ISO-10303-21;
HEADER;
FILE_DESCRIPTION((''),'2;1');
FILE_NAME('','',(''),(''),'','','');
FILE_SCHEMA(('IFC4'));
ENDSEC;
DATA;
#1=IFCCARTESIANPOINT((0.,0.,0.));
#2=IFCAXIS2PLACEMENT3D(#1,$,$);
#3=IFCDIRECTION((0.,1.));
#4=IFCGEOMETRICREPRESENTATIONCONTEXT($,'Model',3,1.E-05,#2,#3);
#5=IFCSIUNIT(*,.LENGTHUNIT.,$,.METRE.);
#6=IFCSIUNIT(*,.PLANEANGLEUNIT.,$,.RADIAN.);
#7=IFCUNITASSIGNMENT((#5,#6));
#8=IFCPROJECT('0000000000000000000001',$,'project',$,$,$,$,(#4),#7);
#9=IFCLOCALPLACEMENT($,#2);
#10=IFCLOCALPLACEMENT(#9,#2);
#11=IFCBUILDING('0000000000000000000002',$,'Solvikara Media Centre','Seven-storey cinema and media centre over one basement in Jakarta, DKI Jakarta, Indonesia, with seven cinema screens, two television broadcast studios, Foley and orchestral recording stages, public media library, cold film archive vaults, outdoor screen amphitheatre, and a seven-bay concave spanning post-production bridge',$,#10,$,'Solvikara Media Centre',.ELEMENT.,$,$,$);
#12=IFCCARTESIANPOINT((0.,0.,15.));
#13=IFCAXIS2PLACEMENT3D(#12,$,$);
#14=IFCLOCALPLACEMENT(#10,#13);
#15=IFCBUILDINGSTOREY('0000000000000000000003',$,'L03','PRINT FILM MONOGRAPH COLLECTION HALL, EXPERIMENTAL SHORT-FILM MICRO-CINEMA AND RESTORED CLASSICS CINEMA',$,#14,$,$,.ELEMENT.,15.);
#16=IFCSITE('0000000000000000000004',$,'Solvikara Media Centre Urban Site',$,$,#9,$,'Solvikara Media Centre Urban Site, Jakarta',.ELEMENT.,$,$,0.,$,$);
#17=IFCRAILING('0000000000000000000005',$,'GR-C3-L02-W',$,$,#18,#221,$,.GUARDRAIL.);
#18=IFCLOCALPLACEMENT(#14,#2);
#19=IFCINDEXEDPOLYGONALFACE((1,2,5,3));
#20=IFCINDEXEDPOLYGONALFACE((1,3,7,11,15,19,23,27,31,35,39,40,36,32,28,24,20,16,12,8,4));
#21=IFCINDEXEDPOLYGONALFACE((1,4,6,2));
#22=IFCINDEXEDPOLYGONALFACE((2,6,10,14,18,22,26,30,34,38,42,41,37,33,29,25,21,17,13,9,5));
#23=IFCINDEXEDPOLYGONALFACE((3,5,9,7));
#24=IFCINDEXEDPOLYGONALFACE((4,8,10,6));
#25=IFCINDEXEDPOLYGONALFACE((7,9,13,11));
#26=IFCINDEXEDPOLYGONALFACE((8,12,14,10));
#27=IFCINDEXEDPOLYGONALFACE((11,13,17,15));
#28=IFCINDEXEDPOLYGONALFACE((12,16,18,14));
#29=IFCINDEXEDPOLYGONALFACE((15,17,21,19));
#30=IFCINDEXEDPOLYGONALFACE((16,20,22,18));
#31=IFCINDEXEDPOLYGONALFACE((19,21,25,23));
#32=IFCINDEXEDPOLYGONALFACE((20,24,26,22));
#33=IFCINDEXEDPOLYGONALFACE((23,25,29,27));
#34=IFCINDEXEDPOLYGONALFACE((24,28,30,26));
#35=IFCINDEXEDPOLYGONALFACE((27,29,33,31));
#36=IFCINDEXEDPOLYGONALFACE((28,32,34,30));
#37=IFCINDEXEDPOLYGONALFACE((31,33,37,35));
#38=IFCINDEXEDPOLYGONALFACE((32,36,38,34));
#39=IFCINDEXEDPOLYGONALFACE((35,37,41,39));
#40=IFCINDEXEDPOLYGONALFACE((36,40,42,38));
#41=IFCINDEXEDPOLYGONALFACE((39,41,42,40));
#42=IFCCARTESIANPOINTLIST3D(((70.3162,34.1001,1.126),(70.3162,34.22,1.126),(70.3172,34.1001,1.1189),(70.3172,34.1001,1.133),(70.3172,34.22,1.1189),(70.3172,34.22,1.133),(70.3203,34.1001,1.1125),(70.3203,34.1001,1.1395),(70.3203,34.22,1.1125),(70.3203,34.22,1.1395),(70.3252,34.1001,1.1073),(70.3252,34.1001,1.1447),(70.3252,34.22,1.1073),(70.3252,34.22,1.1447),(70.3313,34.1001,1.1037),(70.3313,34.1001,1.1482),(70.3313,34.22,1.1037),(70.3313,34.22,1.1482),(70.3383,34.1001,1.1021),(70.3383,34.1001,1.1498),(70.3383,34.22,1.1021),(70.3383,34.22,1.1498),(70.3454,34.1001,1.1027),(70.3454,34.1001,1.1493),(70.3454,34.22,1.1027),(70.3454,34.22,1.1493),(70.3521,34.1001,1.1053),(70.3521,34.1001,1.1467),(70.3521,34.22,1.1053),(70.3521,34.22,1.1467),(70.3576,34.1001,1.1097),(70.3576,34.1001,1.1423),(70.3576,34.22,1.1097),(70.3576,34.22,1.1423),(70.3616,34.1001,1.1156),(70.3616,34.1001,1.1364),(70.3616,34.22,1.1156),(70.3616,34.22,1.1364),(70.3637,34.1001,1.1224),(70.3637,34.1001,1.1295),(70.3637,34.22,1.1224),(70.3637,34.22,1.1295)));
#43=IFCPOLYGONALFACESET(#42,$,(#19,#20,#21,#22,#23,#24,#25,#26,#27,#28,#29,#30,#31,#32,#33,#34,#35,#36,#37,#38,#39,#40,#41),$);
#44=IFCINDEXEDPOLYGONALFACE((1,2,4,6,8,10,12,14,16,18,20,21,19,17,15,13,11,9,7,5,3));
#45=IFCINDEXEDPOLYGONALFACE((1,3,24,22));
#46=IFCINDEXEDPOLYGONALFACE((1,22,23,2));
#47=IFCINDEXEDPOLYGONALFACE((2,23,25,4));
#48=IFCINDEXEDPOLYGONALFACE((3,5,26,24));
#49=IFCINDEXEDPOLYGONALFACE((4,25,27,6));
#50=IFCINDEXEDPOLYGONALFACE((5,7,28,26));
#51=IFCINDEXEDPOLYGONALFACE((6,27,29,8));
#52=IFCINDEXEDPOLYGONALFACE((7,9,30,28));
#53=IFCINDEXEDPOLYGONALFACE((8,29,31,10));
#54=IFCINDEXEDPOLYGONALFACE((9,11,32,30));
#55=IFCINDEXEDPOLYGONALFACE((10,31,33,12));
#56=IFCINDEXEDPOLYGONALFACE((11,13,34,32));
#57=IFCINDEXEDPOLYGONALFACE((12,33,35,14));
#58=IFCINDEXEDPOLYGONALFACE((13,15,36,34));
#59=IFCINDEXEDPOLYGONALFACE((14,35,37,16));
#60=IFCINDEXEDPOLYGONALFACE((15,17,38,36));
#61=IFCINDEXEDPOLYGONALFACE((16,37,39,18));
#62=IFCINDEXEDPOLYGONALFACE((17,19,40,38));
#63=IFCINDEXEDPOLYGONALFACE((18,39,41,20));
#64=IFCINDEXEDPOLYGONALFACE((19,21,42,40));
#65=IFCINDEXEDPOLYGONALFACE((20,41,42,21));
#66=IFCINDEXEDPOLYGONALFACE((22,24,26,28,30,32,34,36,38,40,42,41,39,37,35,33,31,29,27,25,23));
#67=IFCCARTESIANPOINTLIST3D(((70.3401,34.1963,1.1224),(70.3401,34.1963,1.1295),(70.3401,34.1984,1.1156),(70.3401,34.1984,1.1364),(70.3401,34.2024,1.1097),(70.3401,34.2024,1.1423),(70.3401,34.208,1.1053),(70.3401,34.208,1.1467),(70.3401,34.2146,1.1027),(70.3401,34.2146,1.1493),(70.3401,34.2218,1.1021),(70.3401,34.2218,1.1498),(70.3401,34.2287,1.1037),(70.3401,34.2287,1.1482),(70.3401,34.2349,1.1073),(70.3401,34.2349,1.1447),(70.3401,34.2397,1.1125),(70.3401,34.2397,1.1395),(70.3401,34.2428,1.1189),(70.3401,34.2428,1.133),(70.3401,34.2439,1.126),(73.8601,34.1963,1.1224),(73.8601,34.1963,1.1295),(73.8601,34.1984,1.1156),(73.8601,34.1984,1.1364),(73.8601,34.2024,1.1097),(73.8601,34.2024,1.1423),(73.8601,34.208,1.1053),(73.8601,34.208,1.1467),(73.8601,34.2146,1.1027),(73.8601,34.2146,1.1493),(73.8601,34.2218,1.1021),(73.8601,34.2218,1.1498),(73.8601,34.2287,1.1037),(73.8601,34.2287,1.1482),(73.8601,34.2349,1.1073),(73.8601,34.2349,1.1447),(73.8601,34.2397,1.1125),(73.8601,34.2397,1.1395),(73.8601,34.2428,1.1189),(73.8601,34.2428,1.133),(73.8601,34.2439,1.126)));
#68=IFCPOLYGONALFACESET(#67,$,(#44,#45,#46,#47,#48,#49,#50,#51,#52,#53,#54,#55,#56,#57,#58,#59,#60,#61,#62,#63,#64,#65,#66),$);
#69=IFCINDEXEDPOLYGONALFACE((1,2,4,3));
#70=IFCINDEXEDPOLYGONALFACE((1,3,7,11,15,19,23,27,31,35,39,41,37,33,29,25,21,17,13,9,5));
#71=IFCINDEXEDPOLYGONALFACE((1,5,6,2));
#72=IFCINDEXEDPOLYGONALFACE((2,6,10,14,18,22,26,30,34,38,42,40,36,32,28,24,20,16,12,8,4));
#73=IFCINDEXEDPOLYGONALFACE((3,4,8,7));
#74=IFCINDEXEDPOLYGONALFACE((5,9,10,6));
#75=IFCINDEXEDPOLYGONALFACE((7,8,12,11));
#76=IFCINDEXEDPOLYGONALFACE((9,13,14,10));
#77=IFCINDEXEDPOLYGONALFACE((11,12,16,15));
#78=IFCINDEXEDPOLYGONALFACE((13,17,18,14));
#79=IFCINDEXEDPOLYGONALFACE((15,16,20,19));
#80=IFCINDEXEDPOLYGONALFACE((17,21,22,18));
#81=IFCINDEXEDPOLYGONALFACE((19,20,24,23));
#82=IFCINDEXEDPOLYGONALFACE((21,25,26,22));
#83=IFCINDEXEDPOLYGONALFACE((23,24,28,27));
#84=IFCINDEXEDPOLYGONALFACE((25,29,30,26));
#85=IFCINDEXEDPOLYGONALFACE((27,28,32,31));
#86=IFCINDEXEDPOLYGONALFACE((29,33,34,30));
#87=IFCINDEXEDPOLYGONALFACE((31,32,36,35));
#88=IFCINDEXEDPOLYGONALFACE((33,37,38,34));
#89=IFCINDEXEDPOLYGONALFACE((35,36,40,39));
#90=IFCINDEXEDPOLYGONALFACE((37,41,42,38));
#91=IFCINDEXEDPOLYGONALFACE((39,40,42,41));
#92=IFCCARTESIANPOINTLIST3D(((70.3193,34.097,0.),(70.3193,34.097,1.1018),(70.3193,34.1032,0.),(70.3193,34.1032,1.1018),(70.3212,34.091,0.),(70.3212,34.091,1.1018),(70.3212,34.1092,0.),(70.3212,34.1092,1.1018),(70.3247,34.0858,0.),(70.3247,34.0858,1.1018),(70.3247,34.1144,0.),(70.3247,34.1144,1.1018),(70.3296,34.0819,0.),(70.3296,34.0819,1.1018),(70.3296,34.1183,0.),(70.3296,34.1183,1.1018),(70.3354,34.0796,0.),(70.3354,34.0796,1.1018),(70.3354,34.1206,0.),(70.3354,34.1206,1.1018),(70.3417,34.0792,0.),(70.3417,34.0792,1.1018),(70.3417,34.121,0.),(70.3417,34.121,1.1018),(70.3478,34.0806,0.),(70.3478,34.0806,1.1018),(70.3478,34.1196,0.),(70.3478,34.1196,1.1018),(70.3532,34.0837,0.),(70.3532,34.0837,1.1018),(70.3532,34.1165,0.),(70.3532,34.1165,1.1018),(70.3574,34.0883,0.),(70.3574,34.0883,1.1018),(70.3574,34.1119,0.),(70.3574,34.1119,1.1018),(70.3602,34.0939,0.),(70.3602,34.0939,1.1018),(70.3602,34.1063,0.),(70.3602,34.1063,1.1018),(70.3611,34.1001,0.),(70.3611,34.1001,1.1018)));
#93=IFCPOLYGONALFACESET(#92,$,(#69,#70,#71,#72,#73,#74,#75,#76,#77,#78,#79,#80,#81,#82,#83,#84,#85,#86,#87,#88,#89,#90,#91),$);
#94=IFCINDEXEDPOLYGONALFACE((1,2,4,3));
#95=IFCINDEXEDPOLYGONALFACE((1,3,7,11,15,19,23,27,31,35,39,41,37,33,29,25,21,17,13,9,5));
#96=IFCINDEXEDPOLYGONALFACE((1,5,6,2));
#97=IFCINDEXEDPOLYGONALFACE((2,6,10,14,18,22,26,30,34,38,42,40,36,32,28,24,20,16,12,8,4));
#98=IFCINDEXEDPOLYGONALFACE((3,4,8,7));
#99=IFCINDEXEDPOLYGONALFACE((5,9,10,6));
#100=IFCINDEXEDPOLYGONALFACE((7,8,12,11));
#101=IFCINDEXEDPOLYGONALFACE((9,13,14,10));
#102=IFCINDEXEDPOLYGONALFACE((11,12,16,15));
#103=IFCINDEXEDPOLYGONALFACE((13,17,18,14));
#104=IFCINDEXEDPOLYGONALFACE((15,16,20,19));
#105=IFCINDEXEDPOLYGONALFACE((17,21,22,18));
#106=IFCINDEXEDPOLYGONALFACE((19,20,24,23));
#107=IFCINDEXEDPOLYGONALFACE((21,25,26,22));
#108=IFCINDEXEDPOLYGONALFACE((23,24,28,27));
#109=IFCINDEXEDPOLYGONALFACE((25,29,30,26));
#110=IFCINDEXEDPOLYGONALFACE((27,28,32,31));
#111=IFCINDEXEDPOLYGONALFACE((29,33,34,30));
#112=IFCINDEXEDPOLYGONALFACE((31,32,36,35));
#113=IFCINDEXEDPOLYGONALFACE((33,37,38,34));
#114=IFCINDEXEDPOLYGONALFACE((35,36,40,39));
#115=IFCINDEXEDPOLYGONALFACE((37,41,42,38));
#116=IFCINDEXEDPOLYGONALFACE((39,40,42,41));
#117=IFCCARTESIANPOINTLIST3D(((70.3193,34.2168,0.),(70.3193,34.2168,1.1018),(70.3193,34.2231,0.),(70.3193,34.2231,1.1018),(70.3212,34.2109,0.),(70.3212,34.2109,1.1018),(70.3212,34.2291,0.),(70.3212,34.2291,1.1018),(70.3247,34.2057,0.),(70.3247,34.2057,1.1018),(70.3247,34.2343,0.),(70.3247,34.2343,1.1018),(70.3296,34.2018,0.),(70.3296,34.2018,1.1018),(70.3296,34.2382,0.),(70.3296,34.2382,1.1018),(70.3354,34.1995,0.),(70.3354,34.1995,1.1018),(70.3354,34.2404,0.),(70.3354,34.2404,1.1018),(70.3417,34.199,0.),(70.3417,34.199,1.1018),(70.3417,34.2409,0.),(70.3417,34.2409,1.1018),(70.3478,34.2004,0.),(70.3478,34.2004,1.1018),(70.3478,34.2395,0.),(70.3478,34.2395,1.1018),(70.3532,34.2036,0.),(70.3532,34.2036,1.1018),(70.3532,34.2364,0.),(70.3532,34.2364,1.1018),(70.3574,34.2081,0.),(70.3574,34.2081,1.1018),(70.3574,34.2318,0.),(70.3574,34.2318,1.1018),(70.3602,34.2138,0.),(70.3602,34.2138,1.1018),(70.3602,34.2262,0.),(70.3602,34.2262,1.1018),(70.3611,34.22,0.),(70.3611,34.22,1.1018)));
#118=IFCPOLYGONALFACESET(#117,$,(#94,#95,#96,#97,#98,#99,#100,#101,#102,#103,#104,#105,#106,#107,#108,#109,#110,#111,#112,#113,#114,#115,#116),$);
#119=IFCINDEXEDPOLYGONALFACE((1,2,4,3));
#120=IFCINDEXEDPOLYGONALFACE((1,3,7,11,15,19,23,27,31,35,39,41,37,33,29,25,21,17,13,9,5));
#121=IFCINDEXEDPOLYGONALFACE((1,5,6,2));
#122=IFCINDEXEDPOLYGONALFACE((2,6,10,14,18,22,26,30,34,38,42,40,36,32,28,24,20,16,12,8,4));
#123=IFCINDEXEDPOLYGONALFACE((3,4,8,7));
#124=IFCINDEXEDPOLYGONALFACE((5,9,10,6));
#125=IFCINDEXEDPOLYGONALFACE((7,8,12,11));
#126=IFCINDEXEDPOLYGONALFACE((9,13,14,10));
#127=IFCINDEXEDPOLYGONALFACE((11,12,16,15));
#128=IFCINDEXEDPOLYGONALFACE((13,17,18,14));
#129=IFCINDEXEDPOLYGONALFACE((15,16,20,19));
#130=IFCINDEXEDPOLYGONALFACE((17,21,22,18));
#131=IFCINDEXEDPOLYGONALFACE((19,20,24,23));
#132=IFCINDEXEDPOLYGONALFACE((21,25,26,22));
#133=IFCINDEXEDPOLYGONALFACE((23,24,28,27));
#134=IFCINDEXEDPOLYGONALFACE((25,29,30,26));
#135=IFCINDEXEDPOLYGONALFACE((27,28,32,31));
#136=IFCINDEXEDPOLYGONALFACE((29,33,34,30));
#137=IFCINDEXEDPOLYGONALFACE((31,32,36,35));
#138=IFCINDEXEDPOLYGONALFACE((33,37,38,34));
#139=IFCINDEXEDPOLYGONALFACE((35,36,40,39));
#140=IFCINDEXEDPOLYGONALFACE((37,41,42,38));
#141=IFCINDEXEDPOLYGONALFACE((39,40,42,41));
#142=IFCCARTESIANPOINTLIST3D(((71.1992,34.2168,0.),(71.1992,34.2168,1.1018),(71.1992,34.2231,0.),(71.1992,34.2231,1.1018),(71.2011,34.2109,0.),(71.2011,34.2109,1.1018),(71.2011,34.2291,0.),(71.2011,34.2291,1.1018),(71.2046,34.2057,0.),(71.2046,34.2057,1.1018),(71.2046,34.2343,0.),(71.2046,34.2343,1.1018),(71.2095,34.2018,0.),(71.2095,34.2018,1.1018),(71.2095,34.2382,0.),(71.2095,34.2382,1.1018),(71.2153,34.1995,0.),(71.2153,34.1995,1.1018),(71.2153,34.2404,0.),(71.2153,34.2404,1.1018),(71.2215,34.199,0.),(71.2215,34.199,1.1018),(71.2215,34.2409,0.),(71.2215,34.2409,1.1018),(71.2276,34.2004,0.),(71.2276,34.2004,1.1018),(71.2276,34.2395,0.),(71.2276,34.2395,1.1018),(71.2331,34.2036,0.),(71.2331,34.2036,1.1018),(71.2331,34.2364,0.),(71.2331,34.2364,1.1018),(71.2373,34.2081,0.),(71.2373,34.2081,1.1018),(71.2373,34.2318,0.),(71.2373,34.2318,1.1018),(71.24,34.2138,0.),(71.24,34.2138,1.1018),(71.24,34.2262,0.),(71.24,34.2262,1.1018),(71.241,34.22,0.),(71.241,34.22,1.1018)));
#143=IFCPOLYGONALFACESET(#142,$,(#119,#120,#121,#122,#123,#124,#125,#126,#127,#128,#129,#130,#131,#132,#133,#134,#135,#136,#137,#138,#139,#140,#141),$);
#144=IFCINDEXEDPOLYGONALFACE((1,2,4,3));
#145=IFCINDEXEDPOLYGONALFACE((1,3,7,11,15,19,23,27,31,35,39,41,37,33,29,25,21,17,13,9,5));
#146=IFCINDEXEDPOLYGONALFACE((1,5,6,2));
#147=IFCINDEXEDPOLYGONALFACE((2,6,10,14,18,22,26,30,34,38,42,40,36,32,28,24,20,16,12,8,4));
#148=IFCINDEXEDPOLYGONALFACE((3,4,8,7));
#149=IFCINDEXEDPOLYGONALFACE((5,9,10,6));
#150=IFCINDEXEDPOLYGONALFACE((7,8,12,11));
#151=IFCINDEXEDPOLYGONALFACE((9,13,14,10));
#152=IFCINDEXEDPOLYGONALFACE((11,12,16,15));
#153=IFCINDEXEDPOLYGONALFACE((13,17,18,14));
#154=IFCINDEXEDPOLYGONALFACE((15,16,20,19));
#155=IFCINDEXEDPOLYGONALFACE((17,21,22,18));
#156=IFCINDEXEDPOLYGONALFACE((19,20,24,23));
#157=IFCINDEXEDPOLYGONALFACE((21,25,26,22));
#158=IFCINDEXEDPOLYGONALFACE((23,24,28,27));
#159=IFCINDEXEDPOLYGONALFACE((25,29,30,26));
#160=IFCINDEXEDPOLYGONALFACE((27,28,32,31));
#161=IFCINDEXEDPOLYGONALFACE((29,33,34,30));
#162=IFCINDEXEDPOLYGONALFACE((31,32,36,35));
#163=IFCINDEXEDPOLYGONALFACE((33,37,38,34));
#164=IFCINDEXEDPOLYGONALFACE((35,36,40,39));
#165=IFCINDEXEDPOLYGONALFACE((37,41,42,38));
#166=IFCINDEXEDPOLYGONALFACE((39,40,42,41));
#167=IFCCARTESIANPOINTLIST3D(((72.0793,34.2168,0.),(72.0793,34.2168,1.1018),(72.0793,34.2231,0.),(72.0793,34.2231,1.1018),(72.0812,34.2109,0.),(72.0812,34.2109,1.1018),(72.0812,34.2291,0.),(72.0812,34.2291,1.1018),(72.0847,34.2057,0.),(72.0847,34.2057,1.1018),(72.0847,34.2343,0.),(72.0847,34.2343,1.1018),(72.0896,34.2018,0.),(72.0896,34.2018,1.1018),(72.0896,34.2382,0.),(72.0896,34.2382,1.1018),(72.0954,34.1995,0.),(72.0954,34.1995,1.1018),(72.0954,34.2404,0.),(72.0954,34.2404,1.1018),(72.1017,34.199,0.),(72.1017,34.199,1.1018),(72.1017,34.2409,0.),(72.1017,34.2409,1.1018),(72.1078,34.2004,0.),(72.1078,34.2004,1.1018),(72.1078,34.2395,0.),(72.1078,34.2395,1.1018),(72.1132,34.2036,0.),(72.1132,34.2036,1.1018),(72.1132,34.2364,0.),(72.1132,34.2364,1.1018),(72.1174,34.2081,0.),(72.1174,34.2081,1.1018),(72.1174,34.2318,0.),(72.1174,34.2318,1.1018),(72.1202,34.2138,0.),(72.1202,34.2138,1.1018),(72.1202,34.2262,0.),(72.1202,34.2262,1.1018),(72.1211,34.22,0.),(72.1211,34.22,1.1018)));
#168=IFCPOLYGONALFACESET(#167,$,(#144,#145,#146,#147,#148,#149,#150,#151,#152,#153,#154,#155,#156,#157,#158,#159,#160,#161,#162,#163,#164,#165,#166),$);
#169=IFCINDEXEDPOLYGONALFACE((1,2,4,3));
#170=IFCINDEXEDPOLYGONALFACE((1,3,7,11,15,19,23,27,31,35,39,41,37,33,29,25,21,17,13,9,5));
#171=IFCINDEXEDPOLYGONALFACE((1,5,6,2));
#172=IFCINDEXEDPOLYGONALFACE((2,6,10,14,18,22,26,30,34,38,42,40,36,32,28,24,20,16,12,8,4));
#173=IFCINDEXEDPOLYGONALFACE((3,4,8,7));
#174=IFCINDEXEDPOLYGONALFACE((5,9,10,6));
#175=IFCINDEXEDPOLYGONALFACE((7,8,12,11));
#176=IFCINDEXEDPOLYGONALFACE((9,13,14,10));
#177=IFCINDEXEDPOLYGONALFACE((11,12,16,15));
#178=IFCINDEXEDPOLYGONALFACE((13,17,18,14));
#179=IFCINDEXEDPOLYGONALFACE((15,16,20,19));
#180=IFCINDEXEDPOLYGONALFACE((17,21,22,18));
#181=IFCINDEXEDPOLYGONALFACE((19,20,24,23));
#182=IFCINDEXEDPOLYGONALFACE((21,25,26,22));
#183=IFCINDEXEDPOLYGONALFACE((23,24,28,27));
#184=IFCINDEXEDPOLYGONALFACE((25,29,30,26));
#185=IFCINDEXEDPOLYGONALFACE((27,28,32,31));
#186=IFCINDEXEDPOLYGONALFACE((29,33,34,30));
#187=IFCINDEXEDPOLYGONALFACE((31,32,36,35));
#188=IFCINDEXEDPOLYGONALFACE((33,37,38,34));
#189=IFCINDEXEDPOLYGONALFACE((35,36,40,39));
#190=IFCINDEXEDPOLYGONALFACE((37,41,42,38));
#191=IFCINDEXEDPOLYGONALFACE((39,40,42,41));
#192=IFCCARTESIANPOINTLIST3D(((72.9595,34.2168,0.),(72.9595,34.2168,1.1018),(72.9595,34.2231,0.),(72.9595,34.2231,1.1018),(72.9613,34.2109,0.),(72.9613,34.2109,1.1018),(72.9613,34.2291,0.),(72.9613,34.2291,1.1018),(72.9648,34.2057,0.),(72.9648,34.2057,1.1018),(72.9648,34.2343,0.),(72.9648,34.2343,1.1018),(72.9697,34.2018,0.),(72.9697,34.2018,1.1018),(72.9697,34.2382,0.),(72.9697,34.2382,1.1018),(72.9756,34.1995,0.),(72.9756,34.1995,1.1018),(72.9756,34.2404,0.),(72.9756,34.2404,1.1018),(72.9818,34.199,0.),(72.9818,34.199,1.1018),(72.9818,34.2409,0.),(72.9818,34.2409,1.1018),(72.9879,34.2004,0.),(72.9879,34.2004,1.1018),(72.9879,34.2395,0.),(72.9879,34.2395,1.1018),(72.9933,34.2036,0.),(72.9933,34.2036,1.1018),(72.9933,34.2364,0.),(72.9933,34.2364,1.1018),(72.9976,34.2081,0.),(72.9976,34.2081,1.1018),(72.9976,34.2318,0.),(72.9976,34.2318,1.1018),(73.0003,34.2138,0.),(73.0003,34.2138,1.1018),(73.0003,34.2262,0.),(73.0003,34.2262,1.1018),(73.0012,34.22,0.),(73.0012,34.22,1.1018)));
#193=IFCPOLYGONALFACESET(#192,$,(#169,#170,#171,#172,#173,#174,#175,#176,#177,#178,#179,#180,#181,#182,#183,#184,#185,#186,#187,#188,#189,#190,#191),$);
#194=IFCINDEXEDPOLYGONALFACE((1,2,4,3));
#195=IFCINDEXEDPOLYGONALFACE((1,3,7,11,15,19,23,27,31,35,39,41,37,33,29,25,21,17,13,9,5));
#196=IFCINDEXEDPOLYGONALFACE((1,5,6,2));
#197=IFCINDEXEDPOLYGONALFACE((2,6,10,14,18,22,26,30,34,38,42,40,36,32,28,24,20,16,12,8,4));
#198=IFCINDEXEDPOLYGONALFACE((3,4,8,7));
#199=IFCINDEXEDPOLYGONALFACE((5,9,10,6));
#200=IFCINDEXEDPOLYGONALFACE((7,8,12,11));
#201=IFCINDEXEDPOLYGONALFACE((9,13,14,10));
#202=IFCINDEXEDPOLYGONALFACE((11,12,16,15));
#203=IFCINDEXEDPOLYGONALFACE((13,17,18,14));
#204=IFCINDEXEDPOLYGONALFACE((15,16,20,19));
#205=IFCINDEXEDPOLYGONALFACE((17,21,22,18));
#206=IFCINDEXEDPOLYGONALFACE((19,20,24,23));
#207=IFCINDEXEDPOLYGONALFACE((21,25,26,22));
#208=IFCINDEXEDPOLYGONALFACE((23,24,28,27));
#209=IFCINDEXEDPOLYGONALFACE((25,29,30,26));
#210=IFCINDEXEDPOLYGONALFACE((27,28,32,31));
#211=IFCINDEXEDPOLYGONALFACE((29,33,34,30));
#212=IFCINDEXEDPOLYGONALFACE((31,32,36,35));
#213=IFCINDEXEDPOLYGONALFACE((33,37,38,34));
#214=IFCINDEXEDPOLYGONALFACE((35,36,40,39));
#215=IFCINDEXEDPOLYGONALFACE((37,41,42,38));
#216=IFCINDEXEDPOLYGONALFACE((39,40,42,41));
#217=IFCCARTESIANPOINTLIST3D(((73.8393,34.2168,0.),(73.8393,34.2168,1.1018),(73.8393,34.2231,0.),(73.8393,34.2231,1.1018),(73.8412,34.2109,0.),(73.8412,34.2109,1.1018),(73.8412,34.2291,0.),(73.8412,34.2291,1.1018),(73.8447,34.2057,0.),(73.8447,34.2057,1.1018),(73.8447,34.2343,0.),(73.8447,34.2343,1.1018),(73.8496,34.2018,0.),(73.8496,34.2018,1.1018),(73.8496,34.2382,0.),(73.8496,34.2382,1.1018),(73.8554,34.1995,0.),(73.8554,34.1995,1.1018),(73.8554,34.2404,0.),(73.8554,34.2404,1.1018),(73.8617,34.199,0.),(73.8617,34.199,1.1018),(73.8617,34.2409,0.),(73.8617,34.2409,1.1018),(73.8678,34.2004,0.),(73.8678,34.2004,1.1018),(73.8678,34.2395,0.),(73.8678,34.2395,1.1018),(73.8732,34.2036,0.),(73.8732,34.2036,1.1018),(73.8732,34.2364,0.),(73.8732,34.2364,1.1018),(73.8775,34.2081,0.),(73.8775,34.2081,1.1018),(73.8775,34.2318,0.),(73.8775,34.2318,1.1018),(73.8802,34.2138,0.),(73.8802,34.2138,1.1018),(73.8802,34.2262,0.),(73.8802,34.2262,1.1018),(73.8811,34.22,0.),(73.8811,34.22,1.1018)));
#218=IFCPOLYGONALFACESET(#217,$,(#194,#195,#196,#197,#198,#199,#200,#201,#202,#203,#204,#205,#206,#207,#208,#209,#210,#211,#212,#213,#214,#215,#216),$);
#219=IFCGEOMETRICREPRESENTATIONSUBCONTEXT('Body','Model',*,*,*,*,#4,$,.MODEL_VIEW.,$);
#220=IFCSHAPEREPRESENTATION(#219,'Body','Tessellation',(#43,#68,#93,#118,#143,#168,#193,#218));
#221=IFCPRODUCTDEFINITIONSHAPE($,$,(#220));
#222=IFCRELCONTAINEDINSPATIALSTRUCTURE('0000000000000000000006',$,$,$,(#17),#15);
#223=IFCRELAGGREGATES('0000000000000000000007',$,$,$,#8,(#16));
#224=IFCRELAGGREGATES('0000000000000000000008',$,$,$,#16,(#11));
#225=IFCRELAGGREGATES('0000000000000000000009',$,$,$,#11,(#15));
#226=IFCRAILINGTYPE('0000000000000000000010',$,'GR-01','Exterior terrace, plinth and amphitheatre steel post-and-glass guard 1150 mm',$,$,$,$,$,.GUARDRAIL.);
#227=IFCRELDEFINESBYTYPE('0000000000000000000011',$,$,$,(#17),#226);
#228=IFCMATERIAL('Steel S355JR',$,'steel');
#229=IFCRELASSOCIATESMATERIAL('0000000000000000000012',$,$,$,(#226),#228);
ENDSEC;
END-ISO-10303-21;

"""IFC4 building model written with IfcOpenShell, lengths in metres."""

from ifc_helpers import new_model, si_unit, direction, frame, origin, origin_2d, place, context, subcontext, project, spatial, circle, extrude, material, type_object, element, save


model = new_model("IFC4")

# Units and contexts
model_context = context("Model", 3, precision=1e-05, world=origin(), true_north=direction((0.0, 1.0)))
body_context = subcontext(model_context, "Body", "Model", "MODEL_VIEW")
ifc_project = project(units=[si_unit("LENGTHUNIT", "METRE"), si_unit("PLANEANGLEUNIT", "RADIAN")], contexts=[model_context])

# Site, building, storey
site_placement = place(None, origin())
site = spatial("IfcSite", under=ifc_project, at=site_placement, Name="Solvikara Media Centre Urban Site", LongName="Solvikara Media Centre Urban Site, Jakarta", CompositionType="ELEMENT", RefElevation=0.0)
building_placement = place(site_placement, origin())
building = spatial("IfcBuilding", under=site, at=building_placement, Name="Solvikara Media Centre", Description="Seven-storey cinema and media centre over one basement in Jakarta, DKI Jakarta, Indonesia, with seven cinema screens, two television broadcast studios, Foley and orchestral recording stages, public media library, cold film archive vaults, outdoor screen amphitheatre, and a seven-bay concave spanning post-production bridge", LongName="Solvikara Media Centre", CompositionType="ELEMENT")
storey_placement = place(building_placement, frame((0.0, 0.0, 15.0)))
storey = spatial("IfcBuildingStorey", under=building, at=storey_placement, Name="L03", Description="PRINT FILM MONOGRAPH COLLECTION HALL, EXPERIMENTAL SHORT-FILM MICRO-CINEMA AND RESTORED CLASSICS CINEMA", CompositionType="ELEMENT", Elevation=15.0)

# Shared definitions
ifc_material_1 = material(Name="Steel S355JR", Category="steel")

# Railing
railing_type_1 = type_object("IfcRailingType", Name="GR-01", Description="Exterior terrace, plinth and amphitheatre steel post-and-glass guard 1150 mm", PredefinedType="GUARDRAIL", material=ifc_material_1)
railing_1_placement = place(storey_placement, frame((70.3401, 34.1001, 0.0)))
element("IfcRailing", 1, at=railing_1_placement, inside=storey, type_object=railing_type_1, Name="GR-C3-L02-W", PredefinedType="GUARDRAIL", context=body_context, shape_type="SweptSolid", body=[
    extrude(circle(Radius=0.0239, at=origin_2d()), frame((0.0, 0.0, 1.126), z_axis=(0.0, 1.0, 0.0), x_axis=(-1.0, 0.0, 0.0)), (0.0, 0.0, 1.0), 0.1199),
    extrude(circle(Radius=0.0239, at=origin_2d()), frame((0.0, 0.1199, 1.126), z_axis=(1.0, 0.0, 0.0), x_axis=(0.0, 1.0, 0.0)), (0.0, 0.0, 1.0), 3.52),
    extrude(circle(Radius=0.021, at=origin_2d()), origin(), (0.0, 0.0, 1.0), 1.1018),
    extrude(circle(Radius=0.021, at=origin_2d()), frame((0.0, 0.1199, 0.0)), (0.0, 0.0, 1.0), 1.1018),
    extrude(circle(Radius=0.021, at=origin_2d()), frame((0.8799, 0.1199, 0.0)), (0.0, 0.0, 1.0), 1.1018),
    extrude(circle(Radius=0.021, at=origin_2d()), frame((1.76, 0.1199, 0.0)), (0.0, 0.0, 1.0), 1.1018),
    extrude(circle(Radius=0.021, at=origin_2d()), frame((2.6401, 0.1199, 0.0)), (0.0, 0.0, 1.0), 1.1018),
    extrude(circle(Radius=0.021, at=origin_2d()), frame((3.52, 0.1199, 0.0)), (0.0, 0.0, 1.0), 1.1018),
])

save(model, "model.ifc")
